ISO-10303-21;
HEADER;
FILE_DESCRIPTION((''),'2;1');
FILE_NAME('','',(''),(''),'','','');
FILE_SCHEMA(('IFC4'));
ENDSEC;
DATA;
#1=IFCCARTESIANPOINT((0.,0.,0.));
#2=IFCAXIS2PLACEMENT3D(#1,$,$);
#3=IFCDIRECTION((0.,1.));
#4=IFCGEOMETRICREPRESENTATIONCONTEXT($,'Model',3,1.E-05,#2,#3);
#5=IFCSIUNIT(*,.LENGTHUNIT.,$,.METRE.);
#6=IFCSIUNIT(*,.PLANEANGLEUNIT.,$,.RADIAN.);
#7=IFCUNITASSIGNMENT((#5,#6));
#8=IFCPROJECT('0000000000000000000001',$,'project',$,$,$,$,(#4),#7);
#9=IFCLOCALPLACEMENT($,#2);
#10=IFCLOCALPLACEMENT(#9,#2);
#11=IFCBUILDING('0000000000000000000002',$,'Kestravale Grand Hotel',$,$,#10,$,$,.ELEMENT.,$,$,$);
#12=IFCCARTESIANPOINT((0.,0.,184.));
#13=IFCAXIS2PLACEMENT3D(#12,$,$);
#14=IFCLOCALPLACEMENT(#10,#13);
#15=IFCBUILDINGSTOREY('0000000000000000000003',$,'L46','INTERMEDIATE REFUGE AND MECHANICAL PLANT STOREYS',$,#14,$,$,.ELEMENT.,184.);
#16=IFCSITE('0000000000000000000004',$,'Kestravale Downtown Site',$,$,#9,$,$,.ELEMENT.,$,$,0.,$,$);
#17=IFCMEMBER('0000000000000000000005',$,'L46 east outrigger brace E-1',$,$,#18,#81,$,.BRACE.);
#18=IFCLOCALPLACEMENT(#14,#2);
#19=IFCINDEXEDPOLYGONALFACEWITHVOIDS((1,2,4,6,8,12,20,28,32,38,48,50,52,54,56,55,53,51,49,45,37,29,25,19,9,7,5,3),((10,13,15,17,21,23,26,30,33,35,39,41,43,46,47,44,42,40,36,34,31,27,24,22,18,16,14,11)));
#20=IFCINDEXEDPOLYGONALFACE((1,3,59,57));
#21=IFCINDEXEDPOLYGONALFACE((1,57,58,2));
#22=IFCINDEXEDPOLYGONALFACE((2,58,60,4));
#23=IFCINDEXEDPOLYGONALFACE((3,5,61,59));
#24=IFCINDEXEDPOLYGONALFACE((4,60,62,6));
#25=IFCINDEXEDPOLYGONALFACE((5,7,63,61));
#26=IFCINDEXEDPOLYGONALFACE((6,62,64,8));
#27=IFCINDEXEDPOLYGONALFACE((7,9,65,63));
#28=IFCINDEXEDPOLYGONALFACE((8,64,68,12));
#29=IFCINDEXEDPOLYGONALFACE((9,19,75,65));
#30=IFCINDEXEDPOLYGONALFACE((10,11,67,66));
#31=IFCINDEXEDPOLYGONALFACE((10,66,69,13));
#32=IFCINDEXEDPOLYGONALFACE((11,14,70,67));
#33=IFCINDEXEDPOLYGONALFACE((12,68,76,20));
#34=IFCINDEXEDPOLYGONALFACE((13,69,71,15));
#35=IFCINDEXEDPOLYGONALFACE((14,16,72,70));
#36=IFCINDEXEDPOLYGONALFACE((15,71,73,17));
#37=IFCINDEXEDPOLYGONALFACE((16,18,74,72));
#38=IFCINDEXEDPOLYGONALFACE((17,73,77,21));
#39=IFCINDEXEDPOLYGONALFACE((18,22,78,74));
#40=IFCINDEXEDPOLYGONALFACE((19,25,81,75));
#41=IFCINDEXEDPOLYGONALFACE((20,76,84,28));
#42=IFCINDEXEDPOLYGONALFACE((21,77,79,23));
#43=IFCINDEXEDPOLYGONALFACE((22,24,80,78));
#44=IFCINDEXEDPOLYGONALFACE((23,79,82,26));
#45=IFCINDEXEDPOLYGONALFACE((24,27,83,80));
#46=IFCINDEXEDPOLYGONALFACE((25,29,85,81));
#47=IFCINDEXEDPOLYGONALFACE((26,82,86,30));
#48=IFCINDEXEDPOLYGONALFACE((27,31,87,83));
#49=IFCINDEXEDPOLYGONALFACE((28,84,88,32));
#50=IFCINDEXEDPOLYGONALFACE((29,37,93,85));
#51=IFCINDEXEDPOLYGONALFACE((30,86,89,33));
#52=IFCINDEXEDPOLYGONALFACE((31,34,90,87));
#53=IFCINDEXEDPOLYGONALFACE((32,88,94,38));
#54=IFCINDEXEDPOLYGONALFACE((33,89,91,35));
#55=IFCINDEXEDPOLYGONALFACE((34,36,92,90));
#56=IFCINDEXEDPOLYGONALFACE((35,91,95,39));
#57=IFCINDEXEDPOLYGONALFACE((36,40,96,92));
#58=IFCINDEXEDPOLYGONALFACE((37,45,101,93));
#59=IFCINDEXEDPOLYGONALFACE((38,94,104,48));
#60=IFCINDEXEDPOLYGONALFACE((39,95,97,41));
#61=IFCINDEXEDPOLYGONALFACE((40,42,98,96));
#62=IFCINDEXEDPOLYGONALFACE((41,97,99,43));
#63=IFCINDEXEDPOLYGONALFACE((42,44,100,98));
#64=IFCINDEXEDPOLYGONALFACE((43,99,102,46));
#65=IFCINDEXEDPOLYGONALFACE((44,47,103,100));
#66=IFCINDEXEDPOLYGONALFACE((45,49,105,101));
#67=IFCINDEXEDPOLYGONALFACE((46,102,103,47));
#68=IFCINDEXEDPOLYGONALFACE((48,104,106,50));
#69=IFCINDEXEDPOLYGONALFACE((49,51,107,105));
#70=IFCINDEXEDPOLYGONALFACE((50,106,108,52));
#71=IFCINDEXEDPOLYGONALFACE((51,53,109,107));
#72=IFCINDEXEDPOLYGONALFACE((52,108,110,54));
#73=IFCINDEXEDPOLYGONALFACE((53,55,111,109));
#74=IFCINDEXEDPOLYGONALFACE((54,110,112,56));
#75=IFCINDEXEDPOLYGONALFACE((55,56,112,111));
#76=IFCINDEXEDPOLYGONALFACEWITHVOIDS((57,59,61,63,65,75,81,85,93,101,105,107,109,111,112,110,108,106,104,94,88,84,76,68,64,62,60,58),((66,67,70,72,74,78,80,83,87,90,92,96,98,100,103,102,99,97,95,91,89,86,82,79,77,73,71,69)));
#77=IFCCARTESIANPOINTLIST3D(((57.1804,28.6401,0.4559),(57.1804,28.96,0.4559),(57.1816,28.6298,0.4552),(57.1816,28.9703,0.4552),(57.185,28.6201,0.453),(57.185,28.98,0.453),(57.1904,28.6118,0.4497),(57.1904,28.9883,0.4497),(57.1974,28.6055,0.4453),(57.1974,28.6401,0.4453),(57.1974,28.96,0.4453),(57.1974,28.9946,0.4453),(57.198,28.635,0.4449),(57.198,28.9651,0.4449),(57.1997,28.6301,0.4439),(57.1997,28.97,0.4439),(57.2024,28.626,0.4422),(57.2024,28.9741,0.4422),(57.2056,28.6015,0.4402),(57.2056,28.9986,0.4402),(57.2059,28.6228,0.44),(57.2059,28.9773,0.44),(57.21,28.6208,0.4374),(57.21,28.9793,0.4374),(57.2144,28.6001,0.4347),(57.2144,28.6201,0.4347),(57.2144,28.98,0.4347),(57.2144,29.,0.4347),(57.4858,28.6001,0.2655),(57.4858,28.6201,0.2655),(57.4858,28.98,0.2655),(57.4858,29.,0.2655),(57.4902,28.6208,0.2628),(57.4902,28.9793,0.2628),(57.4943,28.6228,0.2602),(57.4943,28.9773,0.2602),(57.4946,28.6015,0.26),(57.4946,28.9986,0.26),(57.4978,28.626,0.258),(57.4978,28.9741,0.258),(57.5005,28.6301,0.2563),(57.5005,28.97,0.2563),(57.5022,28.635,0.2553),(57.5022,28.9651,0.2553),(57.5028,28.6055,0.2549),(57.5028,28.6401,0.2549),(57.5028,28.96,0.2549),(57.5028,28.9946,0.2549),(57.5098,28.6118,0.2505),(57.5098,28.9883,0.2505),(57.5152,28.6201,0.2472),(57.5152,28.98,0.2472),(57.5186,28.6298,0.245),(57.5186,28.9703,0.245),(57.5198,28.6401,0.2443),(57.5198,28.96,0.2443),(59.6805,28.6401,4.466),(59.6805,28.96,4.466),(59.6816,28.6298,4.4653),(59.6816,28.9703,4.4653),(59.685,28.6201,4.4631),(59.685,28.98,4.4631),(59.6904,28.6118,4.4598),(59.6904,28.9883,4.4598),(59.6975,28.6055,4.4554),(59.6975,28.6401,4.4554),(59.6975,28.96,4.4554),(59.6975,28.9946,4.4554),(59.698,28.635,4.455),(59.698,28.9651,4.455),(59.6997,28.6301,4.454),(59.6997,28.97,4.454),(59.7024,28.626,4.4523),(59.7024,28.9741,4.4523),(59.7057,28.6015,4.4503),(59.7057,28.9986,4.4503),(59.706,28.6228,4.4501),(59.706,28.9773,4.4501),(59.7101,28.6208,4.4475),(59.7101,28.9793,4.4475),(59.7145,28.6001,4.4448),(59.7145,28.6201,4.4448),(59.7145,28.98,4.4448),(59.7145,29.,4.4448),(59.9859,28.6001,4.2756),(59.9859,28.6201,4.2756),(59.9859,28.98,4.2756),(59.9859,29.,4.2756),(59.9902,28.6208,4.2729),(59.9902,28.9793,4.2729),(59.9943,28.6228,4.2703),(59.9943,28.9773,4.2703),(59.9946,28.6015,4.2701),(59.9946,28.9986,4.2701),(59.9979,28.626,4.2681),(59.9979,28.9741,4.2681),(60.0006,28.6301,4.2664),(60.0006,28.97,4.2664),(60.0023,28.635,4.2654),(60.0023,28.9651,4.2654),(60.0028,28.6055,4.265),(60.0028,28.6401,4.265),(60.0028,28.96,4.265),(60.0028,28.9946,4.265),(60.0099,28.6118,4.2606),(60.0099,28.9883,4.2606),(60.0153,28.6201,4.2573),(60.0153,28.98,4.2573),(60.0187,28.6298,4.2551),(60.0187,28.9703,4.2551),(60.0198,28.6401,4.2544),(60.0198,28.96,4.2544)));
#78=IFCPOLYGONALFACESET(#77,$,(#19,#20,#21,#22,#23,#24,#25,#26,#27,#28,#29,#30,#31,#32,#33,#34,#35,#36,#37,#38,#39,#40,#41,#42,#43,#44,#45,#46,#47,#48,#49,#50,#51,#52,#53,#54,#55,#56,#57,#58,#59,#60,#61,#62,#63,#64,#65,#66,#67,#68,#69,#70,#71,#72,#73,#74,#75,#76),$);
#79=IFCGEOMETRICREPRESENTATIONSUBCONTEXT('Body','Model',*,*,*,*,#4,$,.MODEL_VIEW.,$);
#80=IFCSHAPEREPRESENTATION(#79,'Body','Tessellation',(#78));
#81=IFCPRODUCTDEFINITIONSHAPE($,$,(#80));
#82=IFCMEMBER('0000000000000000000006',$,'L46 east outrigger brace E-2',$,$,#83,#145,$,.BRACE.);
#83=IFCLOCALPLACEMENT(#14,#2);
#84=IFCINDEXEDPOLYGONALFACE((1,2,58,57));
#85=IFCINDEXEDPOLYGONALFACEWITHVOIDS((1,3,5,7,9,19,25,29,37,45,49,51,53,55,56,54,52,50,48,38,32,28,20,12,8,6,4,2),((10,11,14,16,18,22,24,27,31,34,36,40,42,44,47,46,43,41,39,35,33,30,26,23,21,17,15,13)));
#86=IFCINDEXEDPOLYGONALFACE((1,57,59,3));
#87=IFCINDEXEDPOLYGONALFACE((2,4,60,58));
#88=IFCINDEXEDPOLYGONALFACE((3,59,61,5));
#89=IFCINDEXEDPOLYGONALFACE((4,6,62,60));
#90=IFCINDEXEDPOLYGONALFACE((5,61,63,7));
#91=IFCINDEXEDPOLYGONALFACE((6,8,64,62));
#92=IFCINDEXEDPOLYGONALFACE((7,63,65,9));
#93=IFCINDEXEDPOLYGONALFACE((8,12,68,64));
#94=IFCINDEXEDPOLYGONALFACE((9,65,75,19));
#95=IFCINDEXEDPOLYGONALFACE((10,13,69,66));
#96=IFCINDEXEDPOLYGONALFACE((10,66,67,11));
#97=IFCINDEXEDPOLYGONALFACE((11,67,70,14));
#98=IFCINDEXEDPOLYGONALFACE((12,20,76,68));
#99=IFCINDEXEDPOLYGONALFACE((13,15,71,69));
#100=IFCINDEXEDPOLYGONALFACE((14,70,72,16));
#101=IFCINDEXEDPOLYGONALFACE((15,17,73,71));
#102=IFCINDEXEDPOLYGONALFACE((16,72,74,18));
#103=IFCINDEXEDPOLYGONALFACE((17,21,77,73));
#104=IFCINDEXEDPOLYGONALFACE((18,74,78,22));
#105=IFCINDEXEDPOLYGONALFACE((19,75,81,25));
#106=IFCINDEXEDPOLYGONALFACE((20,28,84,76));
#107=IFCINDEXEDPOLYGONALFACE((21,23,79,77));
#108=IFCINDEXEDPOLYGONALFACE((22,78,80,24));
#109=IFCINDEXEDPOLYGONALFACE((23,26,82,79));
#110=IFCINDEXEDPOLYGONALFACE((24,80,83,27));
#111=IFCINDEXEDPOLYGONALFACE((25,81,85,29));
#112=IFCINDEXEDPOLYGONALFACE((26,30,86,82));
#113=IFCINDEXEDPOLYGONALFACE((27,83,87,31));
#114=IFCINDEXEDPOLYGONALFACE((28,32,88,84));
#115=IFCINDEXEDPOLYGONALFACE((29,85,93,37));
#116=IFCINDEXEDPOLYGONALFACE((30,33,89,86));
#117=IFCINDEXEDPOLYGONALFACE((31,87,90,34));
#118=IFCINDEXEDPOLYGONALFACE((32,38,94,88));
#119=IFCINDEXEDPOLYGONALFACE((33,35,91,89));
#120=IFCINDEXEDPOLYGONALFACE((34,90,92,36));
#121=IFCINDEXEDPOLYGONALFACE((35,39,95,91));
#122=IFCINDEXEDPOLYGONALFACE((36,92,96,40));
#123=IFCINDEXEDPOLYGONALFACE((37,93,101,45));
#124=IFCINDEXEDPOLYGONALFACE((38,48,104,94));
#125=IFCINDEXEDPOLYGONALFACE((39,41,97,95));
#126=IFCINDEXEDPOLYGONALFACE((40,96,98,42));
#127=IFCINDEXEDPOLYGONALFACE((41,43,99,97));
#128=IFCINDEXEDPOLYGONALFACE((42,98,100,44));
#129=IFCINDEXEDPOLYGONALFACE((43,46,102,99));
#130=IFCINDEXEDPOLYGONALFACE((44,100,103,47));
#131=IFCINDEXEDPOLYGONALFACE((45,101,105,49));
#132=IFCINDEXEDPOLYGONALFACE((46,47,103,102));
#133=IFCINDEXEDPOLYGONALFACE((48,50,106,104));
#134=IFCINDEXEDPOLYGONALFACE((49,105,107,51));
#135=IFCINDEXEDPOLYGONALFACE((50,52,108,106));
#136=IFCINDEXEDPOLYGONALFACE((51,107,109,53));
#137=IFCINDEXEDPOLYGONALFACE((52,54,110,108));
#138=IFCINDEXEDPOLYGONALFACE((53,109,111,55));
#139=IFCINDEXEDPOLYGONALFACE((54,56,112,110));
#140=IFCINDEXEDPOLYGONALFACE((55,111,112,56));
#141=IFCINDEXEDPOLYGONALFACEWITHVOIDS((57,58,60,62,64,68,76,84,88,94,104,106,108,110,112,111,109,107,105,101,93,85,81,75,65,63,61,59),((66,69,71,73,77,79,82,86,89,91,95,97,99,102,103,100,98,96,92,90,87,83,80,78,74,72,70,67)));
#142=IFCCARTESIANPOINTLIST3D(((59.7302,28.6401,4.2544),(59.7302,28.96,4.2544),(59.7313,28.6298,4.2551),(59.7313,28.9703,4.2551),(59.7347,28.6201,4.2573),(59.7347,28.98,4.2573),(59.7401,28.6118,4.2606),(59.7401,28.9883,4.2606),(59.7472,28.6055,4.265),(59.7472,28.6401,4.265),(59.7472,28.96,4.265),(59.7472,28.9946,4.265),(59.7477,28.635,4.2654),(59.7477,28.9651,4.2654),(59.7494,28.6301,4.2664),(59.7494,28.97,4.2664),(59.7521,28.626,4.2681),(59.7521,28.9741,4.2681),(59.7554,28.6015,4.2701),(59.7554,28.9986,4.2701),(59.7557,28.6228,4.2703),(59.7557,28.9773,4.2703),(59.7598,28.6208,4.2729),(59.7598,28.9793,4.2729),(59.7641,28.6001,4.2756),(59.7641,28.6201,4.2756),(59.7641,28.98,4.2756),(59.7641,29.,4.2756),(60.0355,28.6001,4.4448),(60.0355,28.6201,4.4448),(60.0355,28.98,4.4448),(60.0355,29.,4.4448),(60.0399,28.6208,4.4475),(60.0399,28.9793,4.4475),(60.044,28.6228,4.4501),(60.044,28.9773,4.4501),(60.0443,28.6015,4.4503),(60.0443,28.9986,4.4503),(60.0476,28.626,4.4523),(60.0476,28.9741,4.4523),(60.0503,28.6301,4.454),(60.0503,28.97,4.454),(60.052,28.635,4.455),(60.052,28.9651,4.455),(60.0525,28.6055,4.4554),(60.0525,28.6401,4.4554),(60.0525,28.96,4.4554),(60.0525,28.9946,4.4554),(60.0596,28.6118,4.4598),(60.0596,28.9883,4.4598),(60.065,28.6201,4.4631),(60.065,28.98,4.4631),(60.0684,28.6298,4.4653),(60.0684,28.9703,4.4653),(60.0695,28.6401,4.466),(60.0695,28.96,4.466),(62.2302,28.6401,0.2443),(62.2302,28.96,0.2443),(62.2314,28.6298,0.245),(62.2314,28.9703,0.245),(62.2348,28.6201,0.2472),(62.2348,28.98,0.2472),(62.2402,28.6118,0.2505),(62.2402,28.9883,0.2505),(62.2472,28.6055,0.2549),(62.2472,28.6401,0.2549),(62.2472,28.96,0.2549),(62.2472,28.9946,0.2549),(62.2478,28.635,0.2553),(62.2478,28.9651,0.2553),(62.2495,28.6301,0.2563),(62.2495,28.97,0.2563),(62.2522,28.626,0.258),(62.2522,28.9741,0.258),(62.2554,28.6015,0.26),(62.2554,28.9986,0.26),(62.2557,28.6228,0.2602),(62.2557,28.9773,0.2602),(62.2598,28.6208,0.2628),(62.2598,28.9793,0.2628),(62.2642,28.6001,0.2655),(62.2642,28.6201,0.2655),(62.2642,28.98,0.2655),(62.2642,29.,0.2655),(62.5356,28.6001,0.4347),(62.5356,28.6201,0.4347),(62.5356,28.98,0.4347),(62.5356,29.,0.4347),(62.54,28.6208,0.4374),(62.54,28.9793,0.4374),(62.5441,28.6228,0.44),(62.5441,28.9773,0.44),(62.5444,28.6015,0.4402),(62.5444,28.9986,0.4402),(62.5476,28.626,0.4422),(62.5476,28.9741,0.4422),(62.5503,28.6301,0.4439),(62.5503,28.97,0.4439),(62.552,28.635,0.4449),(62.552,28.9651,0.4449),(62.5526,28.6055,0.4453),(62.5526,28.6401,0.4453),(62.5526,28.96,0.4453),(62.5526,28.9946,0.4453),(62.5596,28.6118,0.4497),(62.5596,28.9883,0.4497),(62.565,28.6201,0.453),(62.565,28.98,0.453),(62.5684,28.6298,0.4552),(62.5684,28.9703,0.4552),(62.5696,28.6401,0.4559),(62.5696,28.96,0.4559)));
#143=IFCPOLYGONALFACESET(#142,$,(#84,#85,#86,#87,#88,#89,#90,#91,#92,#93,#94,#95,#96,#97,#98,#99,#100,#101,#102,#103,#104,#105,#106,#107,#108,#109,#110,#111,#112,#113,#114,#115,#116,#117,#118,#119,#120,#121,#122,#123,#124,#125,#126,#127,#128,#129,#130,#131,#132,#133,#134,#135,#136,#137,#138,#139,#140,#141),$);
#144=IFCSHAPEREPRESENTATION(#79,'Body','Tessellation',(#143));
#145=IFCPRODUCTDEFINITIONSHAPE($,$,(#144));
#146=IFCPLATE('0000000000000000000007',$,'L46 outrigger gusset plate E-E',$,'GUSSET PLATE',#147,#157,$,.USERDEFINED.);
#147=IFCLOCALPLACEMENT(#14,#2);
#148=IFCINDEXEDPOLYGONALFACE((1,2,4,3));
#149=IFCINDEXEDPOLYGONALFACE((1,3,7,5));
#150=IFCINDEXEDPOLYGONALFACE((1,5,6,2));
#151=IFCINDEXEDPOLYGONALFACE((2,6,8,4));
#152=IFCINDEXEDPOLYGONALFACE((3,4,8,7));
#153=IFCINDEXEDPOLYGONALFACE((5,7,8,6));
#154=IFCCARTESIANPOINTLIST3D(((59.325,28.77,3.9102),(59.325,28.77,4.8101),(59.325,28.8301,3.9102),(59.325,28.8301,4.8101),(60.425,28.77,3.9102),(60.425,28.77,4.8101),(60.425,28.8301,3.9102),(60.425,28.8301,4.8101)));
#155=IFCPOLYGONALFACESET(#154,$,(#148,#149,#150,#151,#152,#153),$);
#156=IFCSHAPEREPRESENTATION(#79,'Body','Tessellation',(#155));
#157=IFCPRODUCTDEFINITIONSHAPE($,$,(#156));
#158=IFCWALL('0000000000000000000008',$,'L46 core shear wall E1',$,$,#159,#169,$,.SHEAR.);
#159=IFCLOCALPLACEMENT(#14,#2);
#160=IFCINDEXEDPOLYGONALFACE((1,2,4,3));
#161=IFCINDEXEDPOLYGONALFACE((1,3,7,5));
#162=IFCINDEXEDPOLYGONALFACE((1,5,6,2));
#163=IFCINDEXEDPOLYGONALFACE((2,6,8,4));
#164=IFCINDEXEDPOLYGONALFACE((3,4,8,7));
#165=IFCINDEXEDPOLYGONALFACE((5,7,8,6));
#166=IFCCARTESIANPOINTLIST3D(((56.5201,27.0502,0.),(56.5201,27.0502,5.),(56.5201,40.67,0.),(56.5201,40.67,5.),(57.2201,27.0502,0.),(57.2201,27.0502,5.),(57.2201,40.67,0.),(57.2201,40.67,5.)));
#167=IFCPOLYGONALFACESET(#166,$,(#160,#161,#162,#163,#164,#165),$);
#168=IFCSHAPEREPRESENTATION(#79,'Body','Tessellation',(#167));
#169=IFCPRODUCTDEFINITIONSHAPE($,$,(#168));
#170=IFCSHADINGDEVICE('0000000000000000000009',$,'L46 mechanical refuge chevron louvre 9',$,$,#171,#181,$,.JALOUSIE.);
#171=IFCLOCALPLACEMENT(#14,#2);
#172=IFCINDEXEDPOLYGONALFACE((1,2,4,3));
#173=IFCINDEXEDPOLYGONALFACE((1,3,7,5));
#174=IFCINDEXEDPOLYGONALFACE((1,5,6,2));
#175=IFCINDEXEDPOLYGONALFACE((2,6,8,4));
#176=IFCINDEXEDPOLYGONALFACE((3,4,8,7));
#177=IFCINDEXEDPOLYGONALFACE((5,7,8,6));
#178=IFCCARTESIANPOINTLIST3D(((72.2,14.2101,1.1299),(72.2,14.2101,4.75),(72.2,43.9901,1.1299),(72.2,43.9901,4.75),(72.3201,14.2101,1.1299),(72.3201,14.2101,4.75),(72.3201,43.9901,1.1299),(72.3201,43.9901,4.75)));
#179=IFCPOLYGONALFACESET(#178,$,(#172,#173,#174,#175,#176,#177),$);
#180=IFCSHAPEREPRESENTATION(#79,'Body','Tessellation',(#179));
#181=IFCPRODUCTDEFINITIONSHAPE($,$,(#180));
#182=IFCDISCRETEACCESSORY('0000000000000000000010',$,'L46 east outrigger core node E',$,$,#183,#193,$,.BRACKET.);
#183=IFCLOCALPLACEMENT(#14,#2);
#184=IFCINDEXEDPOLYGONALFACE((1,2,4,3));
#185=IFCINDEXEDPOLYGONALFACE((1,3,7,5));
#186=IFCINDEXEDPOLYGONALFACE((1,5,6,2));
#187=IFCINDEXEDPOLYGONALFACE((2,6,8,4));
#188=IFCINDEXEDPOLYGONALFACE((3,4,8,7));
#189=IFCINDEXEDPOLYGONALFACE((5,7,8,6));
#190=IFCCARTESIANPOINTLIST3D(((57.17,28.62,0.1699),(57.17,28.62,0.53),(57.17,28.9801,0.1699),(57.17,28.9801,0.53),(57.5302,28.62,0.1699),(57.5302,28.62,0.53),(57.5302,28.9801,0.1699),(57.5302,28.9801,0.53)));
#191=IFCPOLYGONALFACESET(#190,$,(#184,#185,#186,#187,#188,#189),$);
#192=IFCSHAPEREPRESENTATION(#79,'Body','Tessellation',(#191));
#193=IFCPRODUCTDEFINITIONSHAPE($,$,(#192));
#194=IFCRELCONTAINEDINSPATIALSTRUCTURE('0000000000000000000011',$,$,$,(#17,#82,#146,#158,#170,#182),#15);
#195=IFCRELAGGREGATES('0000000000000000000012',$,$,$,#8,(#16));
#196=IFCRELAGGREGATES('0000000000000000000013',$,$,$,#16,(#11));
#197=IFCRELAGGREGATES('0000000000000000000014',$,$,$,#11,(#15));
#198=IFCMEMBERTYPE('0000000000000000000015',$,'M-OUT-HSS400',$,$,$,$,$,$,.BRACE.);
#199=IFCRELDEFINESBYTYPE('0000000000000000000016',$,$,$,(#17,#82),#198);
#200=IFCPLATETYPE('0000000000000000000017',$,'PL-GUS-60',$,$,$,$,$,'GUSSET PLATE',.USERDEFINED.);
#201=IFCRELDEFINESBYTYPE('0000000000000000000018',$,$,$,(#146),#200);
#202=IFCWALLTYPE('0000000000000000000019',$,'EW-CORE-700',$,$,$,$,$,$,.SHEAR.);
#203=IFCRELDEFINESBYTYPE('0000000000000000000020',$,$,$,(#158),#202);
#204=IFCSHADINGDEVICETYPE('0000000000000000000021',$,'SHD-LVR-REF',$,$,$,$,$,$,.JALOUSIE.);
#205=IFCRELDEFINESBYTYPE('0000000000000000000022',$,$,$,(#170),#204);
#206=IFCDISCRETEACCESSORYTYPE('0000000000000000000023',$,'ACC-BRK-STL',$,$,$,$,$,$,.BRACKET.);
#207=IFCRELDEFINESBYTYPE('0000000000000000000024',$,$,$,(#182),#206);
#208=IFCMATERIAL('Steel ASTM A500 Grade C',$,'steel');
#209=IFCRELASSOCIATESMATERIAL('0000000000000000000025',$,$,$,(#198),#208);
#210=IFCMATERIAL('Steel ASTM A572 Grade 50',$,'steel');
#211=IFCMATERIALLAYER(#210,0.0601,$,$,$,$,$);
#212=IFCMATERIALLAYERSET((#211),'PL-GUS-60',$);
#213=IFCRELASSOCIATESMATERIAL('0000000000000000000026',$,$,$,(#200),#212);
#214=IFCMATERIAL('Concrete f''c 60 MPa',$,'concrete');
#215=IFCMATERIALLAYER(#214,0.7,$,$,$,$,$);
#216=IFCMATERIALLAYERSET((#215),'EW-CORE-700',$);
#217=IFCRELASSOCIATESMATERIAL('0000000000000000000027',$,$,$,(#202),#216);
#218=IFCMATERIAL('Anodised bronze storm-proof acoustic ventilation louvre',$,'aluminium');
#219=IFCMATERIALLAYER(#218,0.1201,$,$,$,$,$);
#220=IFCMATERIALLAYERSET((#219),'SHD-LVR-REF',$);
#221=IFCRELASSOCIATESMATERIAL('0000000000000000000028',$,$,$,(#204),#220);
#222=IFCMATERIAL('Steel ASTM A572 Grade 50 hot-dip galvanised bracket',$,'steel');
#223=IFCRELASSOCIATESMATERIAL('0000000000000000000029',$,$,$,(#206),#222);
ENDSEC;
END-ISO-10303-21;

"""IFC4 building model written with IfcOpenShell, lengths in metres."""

from ifc_helpers import new_model, si_unit, direction, frame, frame_2d, origin, origin_2d, place, context, subcontext, project, spatial, rectangle, hollow_rectangle, extrude, material, layer, layer_set, material_profile, profile_set, type_object, element, save


model = new_model("IFC4")

# Units and contexts
model_context = context("Model", 3, precision=1e-05, world=origin(), true_north=direction((0.0, 1.0)))
body_context = subcontext(model_context, "Body", "Model", "MODEL_VIEW")
ifc_project = project(units=[si_unit("LENGTHUNIT", "METRE"), si_unit("PLANEANGLEUNIT", "RADIAN")], contexts=[model_context])

# Site, building, storey
site_placement = place(None, origin())
site = spatial("IfcSite", under=ifc_project, at=site_placement, Name="Kestravale Downtown Site", CompositionType="ELEMENT", RefElevation=0.0)
building_placement = place(site_placement, origin())
building = spatial("IfcBuilding", under=site, at=building_placement, Name="Kestravale Grand Hotel", CompositionType="ELEMENT")
storey_placement = place(building_placement, frame((0.0, 0.0, 184.0)))
storey = spatial("IfcBuildingStorey", under=building, at=storey_placement, Name="L46", Description="INTERMEDIATE REFUGE AND MECHANICAL PLANT STOREYS", CompositionType="ELEMENT", Elevation=184.0)

# Members
ifc_material_1 = material(Name="Steel ASTM A500 Grade C", Category="steel")
ifc_material_profile_1 = material_profile(ifc_material_1, hollow_rectangle(XDim=0.3999, YDim=0.3999, WallThickness=0.02, InnerFilletRadius=0.02, OuterFilletRadius=0.04, at=origin_2d()))
ifc_profile_set_1 = profile_set([ifc_material_profile_1], Name="Steel ASTM A500 Grade C")
member_type_1 = type_object("IfcMemberType", Name="M-OUT-HSS400", PredefinedType="BRACE", material=ifc_profile_set_1)
for number, where, z_axis, x_axis, name in (
    (1, (57.3501, 28.8, 0.3501), (0.529047, 0.0, 0.848593), (0.0, 1.0, 0.0), "L46 east outrigger brace E-1"),
    (2, (62.3999, 28.8, 0.3501), (-0.529047, 0.0, 0.848593), (0.0, -1.0, 0.0), "L46 east outrigger brace E-2"),
):
    element("IfcMember", number, at=place(storey_placement, frame(where, z_axis=z_axis, x_axis=x_axis)), inside=storey, type_object=member_type_1, Name=name, PredefinedType="BRACE", context=body_context, shape_type="SweptSolid", body=[
        extrude(hollow_rectangle(XDim=0.3999, YDim=0.3999, WallThickness=0.02, InnerFilletRadius=0.02, OuterFilletRadius=0.04, at=origin_2d()), origin(), (0.0, 0.0, 1.0), 4.7256),
    ])

# Plate
ifc_material_2 = material(Name="Steel ASTM A572 Grade 50", Category="steel")
ifc_layer_1 = layer(ifc_material_2, 0.0601)
ifc_layer_set_1 = layer_set([ifc_layer_1], Name="PL-GUS-60")
plate_type = type_object("IfcPlateType", Name="PL-GUS-60", ElementType="GUSSET PLATE", PredefinedType="USERDEFINED", material=ifc_layer_set_1)
plate_placement = place(storey_placement, frame((59.875, 28.8, 3.9102), z_axis=(0.0, 0.0, 1.0), x_axis=(1.0, 0.0, 0.0)))
element("IfcPlate", 3, at=plate_placement, inside=storey, type_object=plate_type, Name="L46 outrigger gusset plate E-E", ObjectType="GUSSET PLATE", PredefinedType="USERDEFINED", context=body_context, shape_type="SweptSolid", body=[
    extrude(rectangle(XDim=1.1001, YDim=0.0601, at=origin_2d()), origin(), (0.0, 0.0, 1.0), 0.8999),
])

# Wall
ifc_material_3 = material(Name="Concrete f'c 60 MPa", Category="concrete")
ifc_layer_2 = layer(ifc_material_3, 0.7)
ifc_layer_set_2 = layer_set([ifc_layer_2], Name="EW-CORE-700")
wall_type = type_object("IfcWallType", Name="EW-CORE-700", PredefinedType="SHEAR", material=ifc_layer_set_2)
wall_placement = place(storey_placement, frame((56.8701, 27.05, 0.0), z_axis=(0.0, 0.0, 1.0), x_axis=(0.0, 1.0, 0.0)))
element("IfcWall", 4, at=wall_placement, inside=storey, type_object=wall_type, Name="L46 core shear wall E1", PredefinedType="SHEAR", context=body_context, shape_type="SweptSolid", body=[
    extrude(rectangle(XDim=13.6199, YDim=0.7, at=frame_2d((6.8101, 0.0))), origin(), (0.0, 0.0, 1.0), 5.0),
])

# Shading device
ifc_material_4 = material(Name="Anodised bronze storm-proof acoustic ventilation louvre", Category="aluminium")
ifc_layer_3 = layer(ifc_material_4, 0.1201)
ifc_layer_set_3 = layer_set([ifc_layer_3], Name="SHD-LVR-REF")
shading_device_type = type_object("IfcShadingDeviceType", Name="SHD-LVR-REF", PredefinedType="JALOUSIE", material=ifc_layer_set_3)
shading_device_placement = place(storey_placement, frame((72.26, 29.1001, 1.1299), z_axis=(0.0, 0.0, 1.0), x_axis=(0.0, 1.0, 0.0)))
element("IfcShadingDevice", 5, at=shading_device_placement, inside=storey, type_object=shading_device_type, Name="L46 mechanical refuge chevron louvre 9", PredefinedType="JALOUSIE", context=body_context, shape_type="SweptSolid", body=[
    extrude(rectangle(XDim=29.78, YDim=0.1201, at=origin_2d()), origin(), (0.0, 0.0, 1.0), 3.6201),
])

# Discrete accessory
ifc_material_5 = material(Name="Steel ASTM A572 Grade 50 hot-dip galvanised bracket", Category="steel")
discrete_accessory_type = type_object("IfcDiscreteAccessoryType", Name="ACC-BRK-STL", PredefinedType="BRACKET", material=ifc_material_5)
for number, where, z_axis, x_axis, name in (
    (6, (57.3501, 28.8, 0.1699), (0.0, 0.0, 1.0), (1.0, 0.0, 0.0), "L46 east outrigger core node E"),
):
    element("IfcDiscreteAccessory", number, at=place(storey_placement, frame(where, z_axis=z_axis, x_axis=x_axis)), inside=storey, type_object=discrete_accessory_type, Name=name, PredefinedType="BRACKET", context=body_context, shape_type="SweptSolid", body=[
        extrude(rectangle(XDim=0.3601, YDim=0.3601, at=origin_2d()), origin(), (0.0, 0.0, 1.0), 0.3601),
    ])

save(model, "model.ifc")
